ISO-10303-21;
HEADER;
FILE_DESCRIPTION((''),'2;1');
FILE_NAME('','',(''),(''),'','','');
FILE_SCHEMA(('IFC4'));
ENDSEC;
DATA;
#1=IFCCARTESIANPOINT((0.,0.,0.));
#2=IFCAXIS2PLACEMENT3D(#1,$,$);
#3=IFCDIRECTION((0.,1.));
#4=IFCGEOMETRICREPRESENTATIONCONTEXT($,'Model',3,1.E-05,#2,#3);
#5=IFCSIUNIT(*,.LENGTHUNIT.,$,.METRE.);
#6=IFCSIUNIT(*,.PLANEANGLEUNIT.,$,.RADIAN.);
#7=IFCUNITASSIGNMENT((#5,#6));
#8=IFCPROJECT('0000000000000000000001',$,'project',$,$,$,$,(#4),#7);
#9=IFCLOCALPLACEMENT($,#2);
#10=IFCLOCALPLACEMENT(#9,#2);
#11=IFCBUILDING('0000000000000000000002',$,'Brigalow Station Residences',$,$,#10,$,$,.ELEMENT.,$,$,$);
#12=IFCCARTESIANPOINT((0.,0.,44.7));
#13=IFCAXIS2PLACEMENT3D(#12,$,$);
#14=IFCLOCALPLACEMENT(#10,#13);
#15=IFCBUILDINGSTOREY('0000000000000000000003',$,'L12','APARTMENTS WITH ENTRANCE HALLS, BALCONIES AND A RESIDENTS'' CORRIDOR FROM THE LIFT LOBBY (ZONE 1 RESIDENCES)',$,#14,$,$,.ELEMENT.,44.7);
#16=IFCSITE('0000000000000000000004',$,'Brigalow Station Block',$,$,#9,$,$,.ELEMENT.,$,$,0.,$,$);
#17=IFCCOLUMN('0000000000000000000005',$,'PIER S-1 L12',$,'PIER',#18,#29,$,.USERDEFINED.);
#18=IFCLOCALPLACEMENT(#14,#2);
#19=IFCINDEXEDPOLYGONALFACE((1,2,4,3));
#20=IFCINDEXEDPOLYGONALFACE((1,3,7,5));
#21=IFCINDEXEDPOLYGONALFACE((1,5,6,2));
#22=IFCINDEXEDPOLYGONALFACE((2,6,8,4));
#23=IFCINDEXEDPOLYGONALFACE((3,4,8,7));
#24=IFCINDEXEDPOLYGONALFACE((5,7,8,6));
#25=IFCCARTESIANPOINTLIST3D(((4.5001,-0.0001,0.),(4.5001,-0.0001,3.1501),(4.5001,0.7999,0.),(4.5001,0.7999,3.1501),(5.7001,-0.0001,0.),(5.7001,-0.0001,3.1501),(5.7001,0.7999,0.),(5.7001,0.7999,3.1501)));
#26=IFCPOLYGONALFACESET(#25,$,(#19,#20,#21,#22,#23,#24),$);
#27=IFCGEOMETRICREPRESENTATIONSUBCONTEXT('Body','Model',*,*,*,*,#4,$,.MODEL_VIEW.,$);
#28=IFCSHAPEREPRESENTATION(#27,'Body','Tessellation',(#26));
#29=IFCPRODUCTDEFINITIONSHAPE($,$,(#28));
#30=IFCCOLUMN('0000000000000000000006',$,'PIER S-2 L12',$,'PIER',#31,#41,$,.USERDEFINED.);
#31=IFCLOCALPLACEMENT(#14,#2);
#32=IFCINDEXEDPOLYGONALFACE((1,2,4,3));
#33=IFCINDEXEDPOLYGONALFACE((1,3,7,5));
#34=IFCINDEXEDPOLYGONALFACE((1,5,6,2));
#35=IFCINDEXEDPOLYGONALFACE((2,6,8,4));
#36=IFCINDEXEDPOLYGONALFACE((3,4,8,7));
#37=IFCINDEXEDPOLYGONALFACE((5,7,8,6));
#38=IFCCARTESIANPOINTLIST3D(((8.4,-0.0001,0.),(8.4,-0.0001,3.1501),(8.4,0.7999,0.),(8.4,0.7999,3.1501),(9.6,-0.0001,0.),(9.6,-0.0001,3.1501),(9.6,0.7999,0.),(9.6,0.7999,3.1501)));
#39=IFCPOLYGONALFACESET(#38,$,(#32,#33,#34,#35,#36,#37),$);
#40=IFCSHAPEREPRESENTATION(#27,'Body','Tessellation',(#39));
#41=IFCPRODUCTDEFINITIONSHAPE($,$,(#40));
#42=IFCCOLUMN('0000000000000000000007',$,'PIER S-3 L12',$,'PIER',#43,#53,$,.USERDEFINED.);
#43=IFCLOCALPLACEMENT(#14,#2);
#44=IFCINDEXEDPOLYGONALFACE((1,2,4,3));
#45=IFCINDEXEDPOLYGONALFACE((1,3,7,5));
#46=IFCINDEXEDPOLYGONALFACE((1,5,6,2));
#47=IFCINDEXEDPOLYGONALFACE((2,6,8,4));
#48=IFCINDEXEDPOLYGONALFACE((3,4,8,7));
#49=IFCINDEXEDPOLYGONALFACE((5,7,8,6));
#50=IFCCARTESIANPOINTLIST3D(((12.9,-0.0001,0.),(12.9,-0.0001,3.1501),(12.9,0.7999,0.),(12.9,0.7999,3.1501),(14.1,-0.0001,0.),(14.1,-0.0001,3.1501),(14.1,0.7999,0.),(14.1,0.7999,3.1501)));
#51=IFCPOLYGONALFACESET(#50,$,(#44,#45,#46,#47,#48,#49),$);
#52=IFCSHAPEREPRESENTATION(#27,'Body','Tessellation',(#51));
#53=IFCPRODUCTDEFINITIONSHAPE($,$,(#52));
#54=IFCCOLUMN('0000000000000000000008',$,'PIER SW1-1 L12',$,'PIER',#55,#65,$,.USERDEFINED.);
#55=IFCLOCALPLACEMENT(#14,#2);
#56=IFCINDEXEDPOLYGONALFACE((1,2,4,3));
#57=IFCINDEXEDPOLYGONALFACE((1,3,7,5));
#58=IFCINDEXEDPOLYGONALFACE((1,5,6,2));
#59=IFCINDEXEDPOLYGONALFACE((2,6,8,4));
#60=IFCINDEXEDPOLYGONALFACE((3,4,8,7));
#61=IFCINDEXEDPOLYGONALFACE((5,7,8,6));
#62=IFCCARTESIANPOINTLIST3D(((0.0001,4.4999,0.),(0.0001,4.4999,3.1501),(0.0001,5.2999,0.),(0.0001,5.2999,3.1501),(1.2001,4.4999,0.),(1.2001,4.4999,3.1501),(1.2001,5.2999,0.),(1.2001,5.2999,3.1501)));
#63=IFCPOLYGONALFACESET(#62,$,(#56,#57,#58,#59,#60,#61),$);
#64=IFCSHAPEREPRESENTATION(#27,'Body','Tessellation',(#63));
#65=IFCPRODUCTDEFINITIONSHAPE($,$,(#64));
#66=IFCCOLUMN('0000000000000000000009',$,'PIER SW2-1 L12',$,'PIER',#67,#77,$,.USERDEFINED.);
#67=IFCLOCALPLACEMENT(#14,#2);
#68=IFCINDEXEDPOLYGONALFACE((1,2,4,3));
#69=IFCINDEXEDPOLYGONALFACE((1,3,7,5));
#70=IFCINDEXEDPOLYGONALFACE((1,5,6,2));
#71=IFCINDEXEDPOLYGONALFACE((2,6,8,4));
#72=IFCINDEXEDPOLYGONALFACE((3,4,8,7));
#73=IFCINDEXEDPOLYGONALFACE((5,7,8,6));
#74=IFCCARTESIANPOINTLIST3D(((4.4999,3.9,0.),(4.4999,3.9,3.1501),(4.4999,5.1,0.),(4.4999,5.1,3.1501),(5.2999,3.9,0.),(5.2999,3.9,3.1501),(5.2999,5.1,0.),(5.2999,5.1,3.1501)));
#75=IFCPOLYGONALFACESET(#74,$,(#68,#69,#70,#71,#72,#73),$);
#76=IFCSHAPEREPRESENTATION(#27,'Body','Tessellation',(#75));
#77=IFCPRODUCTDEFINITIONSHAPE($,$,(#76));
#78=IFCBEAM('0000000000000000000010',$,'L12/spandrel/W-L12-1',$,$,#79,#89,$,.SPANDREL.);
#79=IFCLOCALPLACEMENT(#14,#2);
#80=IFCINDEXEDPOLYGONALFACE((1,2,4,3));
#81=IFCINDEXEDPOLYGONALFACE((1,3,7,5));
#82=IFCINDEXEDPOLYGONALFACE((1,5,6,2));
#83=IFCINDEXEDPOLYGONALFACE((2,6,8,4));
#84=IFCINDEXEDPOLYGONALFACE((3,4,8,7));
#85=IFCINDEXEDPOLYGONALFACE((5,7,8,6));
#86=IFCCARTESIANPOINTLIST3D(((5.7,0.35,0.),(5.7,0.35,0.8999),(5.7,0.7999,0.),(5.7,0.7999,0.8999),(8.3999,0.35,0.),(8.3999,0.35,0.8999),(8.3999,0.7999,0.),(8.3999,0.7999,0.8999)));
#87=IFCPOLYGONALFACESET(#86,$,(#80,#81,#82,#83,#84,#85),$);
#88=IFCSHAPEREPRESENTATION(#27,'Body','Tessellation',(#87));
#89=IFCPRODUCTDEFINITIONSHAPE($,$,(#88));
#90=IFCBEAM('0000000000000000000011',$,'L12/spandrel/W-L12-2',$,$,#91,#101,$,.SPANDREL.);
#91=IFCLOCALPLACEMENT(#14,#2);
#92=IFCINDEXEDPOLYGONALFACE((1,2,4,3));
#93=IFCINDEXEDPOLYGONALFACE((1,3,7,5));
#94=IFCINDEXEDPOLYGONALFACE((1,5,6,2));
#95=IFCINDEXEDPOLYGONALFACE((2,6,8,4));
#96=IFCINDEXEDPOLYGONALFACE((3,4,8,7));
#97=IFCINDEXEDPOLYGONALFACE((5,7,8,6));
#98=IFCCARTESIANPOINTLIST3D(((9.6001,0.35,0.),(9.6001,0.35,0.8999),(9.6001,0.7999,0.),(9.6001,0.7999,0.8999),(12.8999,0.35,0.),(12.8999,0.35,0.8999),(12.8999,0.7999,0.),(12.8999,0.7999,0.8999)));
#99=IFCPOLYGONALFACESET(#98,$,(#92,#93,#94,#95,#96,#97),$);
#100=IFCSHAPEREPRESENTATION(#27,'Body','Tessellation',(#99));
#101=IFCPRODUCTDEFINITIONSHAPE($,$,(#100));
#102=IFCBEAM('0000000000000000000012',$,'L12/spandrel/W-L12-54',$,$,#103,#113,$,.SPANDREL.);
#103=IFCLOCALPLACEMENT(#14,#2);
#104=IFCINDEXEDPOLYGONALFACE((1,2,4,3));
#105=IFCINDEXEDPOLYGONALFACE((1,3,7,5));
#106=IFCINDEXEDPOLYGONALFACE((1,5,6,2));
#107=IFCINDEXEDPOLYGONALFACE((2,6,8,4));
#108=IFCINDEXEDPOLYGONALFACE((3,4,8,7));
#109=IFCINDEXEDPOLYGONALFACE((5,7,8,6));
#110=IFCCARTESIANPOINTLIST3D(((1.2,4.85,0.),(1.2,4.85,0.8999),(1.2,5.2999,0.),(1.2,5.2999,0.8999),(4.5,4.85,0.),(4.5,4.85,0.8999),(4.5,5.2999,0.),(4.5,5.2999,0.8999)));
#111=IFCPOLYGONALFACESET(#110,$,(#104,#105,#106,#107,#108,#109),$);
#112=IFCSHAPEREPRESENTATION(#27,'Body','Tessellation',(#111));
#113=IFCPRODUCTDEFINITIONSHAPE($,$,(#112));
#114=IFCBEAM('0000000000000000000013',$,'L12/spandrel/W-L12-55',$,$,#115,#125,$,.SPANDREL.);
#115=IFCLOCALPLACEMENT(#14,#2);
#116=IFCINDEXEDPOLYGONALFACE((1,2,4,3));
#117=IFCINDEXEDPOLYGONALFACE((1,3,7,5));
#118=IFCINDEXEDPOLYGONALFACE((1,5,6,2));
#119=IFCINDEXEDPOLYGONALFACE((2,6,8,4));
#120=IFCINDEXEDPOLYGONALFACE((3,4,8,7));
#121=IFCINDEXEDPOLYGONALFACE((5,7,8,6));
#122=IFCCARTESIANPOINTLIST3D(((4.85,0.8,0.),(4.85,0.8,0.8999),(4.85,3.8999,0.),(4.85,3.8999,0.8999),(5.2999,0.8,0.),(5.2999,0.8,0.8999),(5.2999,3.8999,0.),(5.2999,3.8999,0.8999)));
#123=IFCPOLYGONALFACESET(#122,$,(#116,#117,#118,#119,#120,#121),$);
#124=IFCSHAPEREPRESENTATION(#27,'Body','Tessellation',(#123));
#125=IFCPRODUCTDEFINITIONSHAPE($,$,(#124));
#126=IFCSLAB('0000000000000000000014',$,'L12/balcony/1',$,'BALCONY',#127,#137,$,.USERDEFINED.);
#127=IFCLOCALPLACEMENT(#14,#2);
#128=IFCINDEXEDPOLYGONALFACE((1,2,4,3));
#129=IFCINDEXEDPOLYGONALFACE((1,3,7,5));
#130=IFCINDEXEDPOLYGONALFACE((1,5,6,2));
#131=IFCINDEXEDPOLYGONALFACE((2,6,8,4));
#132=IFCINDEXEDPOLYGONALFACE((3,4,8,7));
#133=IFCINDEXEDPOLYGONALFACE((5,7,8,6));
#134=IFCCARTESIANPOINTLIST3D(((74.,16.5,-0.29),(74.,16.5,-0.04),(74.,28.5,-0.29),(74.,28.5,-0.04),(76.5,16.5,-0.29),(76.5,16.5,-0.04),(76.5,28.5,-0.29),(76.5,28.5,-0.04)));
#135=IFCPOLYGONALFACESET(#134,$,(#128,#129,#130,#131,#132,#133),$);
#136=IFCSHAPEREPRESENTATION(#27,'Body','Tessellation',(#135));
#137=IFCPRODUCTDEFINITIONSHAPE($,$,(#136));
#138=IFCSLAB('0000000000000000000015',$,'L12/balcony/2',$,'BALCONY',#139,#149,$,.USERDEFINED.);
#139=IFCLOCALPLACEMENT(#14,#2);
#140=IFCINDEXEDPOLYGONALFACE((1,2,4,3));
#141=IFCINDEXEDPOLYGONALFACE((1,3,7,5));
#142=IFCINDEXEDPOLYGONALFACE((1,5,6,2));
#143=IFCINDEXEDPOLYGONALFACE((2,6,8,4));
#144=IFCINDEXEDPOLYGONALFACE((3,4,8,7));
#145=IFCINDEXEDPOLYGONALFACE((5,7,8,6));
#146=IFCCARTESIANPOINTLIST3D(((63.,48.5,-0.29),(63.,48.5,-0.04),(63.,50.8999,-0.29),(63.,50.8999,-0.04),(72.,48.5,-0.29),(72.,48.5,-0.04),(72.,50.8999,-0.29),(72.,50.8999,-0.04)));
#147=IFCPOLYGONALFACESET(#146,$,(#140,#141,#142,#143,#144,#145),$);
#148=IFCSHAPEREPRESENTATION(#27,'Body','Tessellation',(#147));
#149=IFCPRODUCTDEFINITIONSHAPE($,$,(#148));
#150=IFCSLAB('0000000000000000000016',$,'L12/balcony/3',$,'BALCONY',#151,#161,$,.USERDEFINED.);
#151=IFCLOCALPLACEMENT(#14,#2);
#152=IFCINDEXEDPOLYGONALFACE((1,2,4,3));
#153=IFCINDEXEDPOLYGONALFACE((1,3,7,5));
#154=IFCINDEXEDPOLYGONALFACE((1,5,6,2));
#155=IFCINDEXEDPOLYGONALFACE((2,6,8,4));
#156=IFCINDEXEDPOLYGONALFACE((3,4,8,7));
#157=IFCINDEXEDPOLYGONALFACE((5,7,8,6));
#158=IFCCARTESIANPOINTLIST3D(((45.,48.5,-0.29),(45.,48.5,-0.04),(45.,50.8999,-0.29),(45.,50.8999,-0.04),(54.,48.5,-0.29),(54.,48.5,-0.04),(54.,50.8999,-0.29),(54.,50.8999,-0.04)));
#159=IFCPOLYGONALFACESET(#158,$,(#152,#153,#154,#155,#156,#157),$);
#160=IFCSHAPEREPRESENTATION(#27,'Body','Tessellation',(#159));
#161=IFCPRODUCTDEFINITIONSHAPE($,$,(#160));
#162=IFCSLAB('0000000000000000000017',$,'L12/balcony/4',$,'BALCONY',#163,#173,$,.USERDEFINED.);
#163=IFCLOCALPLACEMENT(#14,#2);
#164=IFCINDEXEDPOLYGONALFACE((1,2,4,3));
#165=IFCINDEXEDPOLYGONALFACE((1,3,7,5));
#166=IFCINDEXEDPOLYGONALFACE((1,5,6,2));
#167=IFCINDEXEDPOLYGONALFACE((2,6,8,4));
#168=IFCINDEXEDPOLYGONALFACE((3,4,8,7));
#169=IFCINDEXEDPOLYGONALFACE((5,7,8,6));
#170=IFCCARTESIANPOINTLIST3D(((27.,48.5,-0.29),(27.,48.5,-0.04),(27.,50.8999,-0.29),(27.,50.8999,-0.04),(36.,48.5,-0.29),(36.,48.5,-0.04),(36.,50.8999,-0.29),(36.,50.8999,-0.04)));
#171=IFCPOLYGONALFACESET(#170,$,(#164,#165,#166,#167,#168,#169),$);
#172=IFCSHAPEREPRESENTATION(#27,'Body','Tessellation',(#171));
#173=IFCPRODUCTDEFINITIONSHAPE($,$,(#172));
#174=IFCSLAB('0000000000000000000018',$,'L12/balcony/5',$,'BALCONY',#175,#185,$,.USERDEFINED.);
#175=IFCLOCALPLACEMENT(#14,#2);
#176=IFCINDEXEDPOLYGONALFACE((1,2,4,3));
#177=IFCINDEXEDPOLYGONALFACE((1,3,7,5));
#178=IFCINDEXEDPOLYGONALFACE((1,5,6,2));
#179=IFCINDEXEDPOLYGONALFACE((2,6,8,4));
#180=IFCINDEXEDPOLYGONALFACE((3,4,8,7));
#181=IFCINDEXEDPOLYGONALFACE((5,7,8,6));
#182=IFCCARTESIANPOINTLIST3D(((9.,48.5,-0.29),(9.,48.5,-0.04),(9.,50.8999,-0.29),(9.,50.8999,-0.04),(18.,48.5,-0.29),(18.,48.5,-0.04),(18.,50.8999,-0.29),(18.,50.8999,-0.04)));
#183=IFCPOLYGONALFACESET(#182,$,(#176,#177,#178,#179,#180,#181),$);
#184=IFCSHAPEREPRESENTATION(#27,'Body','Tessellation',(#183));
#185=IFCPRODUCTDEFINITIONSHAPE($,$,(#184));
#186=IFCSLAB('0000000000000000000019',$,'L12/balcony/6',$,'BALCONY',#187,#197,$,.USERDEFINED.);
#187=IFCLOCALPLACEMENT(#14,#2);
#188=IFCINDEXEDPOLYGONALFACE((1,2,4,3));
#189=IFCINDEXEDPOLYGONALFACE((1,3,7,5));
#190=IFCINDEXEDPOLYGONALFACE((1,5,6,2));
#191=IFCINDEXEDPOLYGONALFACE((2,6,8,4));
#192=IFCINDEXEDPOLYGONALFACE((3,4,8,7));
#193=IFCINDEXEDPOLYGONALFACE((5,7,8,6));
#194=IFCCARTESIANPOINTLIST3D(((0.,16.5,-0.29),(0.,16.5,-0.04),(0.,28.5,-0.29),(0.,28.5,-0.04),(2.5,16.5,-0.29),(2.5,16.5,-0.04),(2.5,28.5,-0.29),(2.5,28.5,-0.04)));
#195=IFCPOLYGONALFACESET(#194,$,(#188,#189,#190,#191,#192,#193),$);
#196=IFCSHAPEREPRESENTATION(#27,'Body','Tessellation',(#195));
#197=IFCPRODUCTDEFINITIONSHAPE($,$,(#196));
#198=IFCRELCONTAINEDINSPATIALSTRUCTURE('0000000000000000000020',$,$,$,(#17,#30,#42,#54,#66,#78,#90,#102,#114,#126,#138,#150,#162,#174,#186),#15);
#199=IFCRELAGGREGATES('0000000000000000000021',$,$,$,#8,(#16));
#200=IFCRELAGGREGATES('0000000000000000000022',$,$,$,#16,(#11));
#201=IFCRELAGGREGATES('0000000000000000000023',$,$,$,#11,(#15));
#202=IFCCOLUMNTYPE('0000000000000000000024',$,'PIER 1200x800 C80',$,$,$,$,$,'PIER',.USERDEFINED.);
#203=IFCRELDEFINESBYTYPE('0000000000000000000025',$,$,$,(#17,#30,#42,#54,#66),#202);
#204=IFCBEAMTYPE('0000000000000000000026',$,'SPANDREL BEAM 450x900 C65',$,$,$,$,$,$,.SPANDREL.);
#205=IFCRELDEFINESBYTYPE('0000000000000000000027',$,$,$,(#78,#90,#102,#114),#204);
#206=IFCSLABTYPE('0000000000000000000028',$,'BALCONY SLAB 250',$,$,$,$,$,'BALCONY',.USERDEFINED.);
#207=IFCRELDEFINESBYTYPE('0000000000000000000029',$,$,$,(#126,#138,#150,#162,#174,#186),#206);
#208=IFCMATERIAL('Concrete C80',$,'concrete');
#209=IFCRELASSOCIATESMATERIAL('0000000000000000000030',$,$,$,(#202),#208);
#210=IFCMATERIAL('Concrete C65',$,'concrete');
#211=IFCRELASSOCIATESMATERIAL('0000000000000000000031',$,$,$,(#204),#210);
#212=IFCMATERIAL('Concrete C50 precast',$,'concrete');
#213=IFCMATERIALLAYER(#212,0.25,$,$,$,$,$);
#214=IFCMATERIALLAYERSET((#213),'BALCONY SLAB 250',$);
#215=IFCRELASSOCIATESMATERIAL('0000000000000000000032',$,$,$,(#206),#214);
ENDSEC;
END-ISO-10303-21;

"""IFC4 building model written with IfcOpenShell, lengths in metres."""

from ifc_helpers import new_model, si_unit, direction, frame, origin, origin_2d, place, context, subcontext, project, spatial, polyline, rectangle, outline, extrude, material, layer, layer_set, material_profile, profile_set, type_object, element, save


model = new_model("IFC4")

# Units and contexts
model_context = context("Model", 3, precision=1e-05, world=origin(), true_north=direction((0.0, 1.0)))
body_context = subcontext(model_context, "Body", "Model", "MODEL_VIEW")
ifc_project = project(units=[si_unit("LENGTHUNIT", "METRE"), si_unit("PLANEANGLEUNIT", "RADIAN")], contexts=[model_context])

# Site, building, storey
site_placement = place(None, origin())
site = spatial("IfcSite", under=ifc_project, at=site_placement, Name="Brigalow Station Block", CompositionType="ELEMENT", RefElevation=0.0)
building_placement = place(site_placement, origin())
building = spatial("IfcBuilding", under=site, at=building_placement, Name="Brigalow Station Residences", CompositionType="ELEMENT")
storey_placement = place(building_placement, frame((0.0, 0.0, 44.7)))
storey = spatial("IfcBuildingStorey", under=building, at=storey_placement, Name="L12", Description="APARTMENTS WITH ENTRANCE HALLS, BALCONIES AND A RESIDENTS' CORRIDOR FROM THE LIFT LOBBY (ZONE 1 RESIDENCES)", CompositionType="ELEMENT", Elevation=44.7)

# Columns
ifc_material_1 = material(Name="Concrete C80", Category="concrete")
ifc_material_profile_1 = material_profile(ifc_material_1, rectangle(XDim=1.2, YDim=0.8, at=origin_2d()), Name="RC1200x800")
ifc_profile_set_1 = profile_set([ifc_material_profile_1], Name="Concrete C80")
column_type = type_object("IfcColumnType", Name="PIER 1200x800 C80", ElementType="PIER", PredefinedType="USERDEFINED", material=ifc_profile_set_1)
for number, where, z_axis, x_axis, name in (
    (1, (5.1001, 0.3999, 0.0), (0.0, 0.0, 1.0), (1.0, 0.0, 0.0), "PIER S-1 L12"),
    (2, (9.0, 0.3999, 0.0), (0.0, 0.0, 1.0), (1.0, 0.0, 0.0), "PIER S-2 L12"),
    (3, (13.5, 0.3999, 0.0), (0.0, 0.0, 1.0), (1.0, 0.0, 0.0), "PIER S-3 L12"),
    (4, (0.6001, 4.8999, 0.0), (0.0, 0.0, 1.0), (1.0, 0.0, 0.0), "PIER SW1-1 L12"),
    (5, (4.8999, 4.5, 0.0), (0.0, 0.0, 1.0), (0.0, -1.0, 0.0), "PIER SW2-1 L12"),
):
    element("IfcColumn", number, at=place(storey_placement, frame(where, z_axis=z_axis, x_axis=x_axis)), inside=storey, type_object=column_type, Name=name, ObjectType="PIER", PredefinedType="USERDEFINED", context=body_context, shape_type="SweptSolid", body=[
        extrude(rectangle(XDim=1.2, YDim=0.8, at=origin_2d()), origin(), (0.0, 0.0, 1.0), 3.1501),
    ])

# Beams
ifc_material_2 = material(Name="Concrete C65", Category="concrete")
ifc_material_profile_2 = material_profile(ifc_material_2, rectangle(XDim=0.45, YDim=0.8999, at=origin_2d()), Name="RC450x900")
ifc_profile_set_2 = profile_set([ifc_material_profile_2], Name="Concrete C65")
beam_type = type_object("IfcBeamType", Name="SPANDREL BEAM 450x900 C65", PredefinedType="SPANDREL", material=ifc_profile_set_2)
beam_1_placement = place(storey_placement, frame((5.7, 0.575, 0.45), z_axis=(1.0, 0.0, 0.0), x_axis=(0.0, 1.0, 0.0)))
element("IfcBeam", 6, at=beam_1_placement, inside=storey, type_object=beam_type, Name="L12/spandrel/W-L12-1", PredefinedType="SPANDREL", context=body_context, shape_type="SweptSolid", body=[
    extrude(rectangle(XDim=0.45, YDim=0.8999, at=origin_2d()), origin(), (0.0, 0.0, 1.0), 2.7),
])
beam_2_placement = place(storey_placement, frame((9.6001, 0.575, 0.45), z_axis=(1.0, 0.0, 0.0), x_axis=(0.0, 1.0, 0.0)))
element("IfcBeam", 7, at=beam_2_placement, inside=storey, type_object=beam_type, Name="L12/spandrel/W-L12-2", PredefinedType="SPANDREL", context=body_context, shape_type="SweptSolid", body=[
    extrude(rectangle(XDim=0.45, YDim=0.8999, at=origin_2d()), origin(), (0.0, 0.0, 1.0), 3.2998),
])
beam_3_placement = place(storey_placement, frame((1.2, 5.075, 0.45), z_axis=(1.0, 0.0, 0.0), x_axis=(0.0, 1.0, 0.0)))
element("IfcBeam", 8, at=beam_3_placement, inside=storey, type_object=beam_type, Name="L12/spandrel/W-L12-54", PredefinedType="SPANDREL", context=body_context, shape_type="SweptSolid", body=[
    extrude(rectangle(XDim=0.45, YDim=0.8999, at=origin_2d()), origin(), (0.0, 0.0, 1.0), 3.3),
])
beam_4_placement = place(storey_placement, frame((5.075, 3.8999, 0.45), z_axis=(0.0, -1.0, 0.0), x_axis=(1.0, 0.0, 0.0)))
element("IfcBeam", 9, at=beam_4_placement, inside=storey, type_object=beam_type, Name="L12/spandrel/W-L12-55", PredefinedType="SPANDREL", context=body_context, shape_type="SweptSolid", body=[
    extrude(rectangle(XDim=0.45, YDim=0.8999, at=origin_2d()), origin(), (0.0, 0.0, 1.0), 3.0999),
])

# Slabs
ifc_material_3 = material(Name="Concrete C50 precast", Category="concrete")
ifc_layer_1 = layer(ifc_material_3, 0.25)
ifc_layer_set_1 = layer_set([ifc_layer_1], Name="BALCONY SLAB 250")
slab_type_1 = type_object("IfcSlabType", Name="BALCONY SLAB 250", ElementType="BALCONY", PredefinedType="USERDEFINED", material=ifc_layer_set_1)
slab_1_placement = place(storey_placement, frame((0.0, 0.0, -0.29)))
element("IfcSlab", 10, at=slab_1_placement, inside=storey, type_object=slab_type_1, Name="L12/balcony/1", ObjectType="BALCONY", PredefinedType="USERDEFINED", context=body_context, shape_type="SweptSolid", body=[
    extrude(outline(polyline([(74.0, 16.5), (76.5, 16.5), (76.5, 28.5), (74.0, 28.5), (74.0, 16.5)])), origin(), (0.0, 0.0, 1.0), 0.25),
])
slab_2_placement = place(storey_placement, frame((0.0, 0.0, -0.29)))
element("IfcSlab", 11, at=slab_2_placement, inside=storey, type_object=slab_type_1, Name="L12/balcony/2", ObjectType="BALCONY", PredefinedType="USERDEFINED", context=body_context, shape_type="SweptSolid", body=[
    extrude(outline(polyline([(72.0, 48.5), (72.0, 50.8999), (63.0, 50.8999), (63.0, 48.5), (72.0, 48.5)])), origin(), (0.0, 0.0, 1.0), 0.25),
])
slab_3_placement = place(storey_placement, frame((0.0, 0.0, -0.29)))
element("IfcSlab", 12, at=slab_3_placement, inside=storey, type_object=slab_type_1, Name="L12/balcony/3", ObjectType="BALCONY", PredefinedType="USERDEFINED", context=body_context, shape_type="SweptSolid", body=[
    extrude(outline(polyline([(54.0, 48.5), (54.0, 50.8999), (45.0, 50.8999), (45.0, 48.5), (54.0, 48.5)])), origin(), (0.0, 0.0, 1.0), 0.25),
])
slab_4_placement = place(storey_placement, frame((0.0, 0.0, -0.29)))
element("IfcSlab", 13, at=slab_4_placement, inside=storey, type_object=slab_type_1, Name="L12/balcony/4", ObjectType="BALCONY", PredefinedType="USERDEFINED", context=body_context, shape_type="SweptSolid", body=[
    extrude(outline(polyline([(36.0, 48.5), (36.0, 50.8999), (27.0, 50.8999), (27.0, 48.5), (36.0, 48.5)])), origin(), (0.0, 0.0, 1.0), 0.25),
])
slab_5_placement = place(storey_placement, frame((0.0, 0.0, -0.29)))
element("IfcSlab", 14, at=slab_5_placement, inside=storey, type_object=slab_type_1, Name="L12/balcony/5", ObjectType="BALCONY", PredefinedType="USERDEFINED", context=body_context, shape_type="SweptSolid", body=[
    extrude(outline(polyline([(18.0, 48.5), (18.0, 50.8999), (9.0, 50.8999), (9.0, 48.5), (18.0, 48.5)])), origin(), (0.0, 0.0, 1.0), 0.25),
])
slab_6_placement = place(storey_placement, frame((0.0, 0.0, -0.29)))
element("IfcSlab", 15, at=slab_6_placement, inside=storey, type_object=slab_type_1, Name="L12/balcony/6", ObjectType="BALCONY", PredefinedType="USERDEFINED", context=body_context, shape_type="SweptSolid", body=[
    extrude(outline(polyline([(2.5, 28.5), (0.0, 28.5), (0.0, 16.5), (2.5, 16.5), (2.5, 28.5)])), origin(), (0.0, 0.0, 1.0), 0.25),
])

save(model, "model.ifc")
